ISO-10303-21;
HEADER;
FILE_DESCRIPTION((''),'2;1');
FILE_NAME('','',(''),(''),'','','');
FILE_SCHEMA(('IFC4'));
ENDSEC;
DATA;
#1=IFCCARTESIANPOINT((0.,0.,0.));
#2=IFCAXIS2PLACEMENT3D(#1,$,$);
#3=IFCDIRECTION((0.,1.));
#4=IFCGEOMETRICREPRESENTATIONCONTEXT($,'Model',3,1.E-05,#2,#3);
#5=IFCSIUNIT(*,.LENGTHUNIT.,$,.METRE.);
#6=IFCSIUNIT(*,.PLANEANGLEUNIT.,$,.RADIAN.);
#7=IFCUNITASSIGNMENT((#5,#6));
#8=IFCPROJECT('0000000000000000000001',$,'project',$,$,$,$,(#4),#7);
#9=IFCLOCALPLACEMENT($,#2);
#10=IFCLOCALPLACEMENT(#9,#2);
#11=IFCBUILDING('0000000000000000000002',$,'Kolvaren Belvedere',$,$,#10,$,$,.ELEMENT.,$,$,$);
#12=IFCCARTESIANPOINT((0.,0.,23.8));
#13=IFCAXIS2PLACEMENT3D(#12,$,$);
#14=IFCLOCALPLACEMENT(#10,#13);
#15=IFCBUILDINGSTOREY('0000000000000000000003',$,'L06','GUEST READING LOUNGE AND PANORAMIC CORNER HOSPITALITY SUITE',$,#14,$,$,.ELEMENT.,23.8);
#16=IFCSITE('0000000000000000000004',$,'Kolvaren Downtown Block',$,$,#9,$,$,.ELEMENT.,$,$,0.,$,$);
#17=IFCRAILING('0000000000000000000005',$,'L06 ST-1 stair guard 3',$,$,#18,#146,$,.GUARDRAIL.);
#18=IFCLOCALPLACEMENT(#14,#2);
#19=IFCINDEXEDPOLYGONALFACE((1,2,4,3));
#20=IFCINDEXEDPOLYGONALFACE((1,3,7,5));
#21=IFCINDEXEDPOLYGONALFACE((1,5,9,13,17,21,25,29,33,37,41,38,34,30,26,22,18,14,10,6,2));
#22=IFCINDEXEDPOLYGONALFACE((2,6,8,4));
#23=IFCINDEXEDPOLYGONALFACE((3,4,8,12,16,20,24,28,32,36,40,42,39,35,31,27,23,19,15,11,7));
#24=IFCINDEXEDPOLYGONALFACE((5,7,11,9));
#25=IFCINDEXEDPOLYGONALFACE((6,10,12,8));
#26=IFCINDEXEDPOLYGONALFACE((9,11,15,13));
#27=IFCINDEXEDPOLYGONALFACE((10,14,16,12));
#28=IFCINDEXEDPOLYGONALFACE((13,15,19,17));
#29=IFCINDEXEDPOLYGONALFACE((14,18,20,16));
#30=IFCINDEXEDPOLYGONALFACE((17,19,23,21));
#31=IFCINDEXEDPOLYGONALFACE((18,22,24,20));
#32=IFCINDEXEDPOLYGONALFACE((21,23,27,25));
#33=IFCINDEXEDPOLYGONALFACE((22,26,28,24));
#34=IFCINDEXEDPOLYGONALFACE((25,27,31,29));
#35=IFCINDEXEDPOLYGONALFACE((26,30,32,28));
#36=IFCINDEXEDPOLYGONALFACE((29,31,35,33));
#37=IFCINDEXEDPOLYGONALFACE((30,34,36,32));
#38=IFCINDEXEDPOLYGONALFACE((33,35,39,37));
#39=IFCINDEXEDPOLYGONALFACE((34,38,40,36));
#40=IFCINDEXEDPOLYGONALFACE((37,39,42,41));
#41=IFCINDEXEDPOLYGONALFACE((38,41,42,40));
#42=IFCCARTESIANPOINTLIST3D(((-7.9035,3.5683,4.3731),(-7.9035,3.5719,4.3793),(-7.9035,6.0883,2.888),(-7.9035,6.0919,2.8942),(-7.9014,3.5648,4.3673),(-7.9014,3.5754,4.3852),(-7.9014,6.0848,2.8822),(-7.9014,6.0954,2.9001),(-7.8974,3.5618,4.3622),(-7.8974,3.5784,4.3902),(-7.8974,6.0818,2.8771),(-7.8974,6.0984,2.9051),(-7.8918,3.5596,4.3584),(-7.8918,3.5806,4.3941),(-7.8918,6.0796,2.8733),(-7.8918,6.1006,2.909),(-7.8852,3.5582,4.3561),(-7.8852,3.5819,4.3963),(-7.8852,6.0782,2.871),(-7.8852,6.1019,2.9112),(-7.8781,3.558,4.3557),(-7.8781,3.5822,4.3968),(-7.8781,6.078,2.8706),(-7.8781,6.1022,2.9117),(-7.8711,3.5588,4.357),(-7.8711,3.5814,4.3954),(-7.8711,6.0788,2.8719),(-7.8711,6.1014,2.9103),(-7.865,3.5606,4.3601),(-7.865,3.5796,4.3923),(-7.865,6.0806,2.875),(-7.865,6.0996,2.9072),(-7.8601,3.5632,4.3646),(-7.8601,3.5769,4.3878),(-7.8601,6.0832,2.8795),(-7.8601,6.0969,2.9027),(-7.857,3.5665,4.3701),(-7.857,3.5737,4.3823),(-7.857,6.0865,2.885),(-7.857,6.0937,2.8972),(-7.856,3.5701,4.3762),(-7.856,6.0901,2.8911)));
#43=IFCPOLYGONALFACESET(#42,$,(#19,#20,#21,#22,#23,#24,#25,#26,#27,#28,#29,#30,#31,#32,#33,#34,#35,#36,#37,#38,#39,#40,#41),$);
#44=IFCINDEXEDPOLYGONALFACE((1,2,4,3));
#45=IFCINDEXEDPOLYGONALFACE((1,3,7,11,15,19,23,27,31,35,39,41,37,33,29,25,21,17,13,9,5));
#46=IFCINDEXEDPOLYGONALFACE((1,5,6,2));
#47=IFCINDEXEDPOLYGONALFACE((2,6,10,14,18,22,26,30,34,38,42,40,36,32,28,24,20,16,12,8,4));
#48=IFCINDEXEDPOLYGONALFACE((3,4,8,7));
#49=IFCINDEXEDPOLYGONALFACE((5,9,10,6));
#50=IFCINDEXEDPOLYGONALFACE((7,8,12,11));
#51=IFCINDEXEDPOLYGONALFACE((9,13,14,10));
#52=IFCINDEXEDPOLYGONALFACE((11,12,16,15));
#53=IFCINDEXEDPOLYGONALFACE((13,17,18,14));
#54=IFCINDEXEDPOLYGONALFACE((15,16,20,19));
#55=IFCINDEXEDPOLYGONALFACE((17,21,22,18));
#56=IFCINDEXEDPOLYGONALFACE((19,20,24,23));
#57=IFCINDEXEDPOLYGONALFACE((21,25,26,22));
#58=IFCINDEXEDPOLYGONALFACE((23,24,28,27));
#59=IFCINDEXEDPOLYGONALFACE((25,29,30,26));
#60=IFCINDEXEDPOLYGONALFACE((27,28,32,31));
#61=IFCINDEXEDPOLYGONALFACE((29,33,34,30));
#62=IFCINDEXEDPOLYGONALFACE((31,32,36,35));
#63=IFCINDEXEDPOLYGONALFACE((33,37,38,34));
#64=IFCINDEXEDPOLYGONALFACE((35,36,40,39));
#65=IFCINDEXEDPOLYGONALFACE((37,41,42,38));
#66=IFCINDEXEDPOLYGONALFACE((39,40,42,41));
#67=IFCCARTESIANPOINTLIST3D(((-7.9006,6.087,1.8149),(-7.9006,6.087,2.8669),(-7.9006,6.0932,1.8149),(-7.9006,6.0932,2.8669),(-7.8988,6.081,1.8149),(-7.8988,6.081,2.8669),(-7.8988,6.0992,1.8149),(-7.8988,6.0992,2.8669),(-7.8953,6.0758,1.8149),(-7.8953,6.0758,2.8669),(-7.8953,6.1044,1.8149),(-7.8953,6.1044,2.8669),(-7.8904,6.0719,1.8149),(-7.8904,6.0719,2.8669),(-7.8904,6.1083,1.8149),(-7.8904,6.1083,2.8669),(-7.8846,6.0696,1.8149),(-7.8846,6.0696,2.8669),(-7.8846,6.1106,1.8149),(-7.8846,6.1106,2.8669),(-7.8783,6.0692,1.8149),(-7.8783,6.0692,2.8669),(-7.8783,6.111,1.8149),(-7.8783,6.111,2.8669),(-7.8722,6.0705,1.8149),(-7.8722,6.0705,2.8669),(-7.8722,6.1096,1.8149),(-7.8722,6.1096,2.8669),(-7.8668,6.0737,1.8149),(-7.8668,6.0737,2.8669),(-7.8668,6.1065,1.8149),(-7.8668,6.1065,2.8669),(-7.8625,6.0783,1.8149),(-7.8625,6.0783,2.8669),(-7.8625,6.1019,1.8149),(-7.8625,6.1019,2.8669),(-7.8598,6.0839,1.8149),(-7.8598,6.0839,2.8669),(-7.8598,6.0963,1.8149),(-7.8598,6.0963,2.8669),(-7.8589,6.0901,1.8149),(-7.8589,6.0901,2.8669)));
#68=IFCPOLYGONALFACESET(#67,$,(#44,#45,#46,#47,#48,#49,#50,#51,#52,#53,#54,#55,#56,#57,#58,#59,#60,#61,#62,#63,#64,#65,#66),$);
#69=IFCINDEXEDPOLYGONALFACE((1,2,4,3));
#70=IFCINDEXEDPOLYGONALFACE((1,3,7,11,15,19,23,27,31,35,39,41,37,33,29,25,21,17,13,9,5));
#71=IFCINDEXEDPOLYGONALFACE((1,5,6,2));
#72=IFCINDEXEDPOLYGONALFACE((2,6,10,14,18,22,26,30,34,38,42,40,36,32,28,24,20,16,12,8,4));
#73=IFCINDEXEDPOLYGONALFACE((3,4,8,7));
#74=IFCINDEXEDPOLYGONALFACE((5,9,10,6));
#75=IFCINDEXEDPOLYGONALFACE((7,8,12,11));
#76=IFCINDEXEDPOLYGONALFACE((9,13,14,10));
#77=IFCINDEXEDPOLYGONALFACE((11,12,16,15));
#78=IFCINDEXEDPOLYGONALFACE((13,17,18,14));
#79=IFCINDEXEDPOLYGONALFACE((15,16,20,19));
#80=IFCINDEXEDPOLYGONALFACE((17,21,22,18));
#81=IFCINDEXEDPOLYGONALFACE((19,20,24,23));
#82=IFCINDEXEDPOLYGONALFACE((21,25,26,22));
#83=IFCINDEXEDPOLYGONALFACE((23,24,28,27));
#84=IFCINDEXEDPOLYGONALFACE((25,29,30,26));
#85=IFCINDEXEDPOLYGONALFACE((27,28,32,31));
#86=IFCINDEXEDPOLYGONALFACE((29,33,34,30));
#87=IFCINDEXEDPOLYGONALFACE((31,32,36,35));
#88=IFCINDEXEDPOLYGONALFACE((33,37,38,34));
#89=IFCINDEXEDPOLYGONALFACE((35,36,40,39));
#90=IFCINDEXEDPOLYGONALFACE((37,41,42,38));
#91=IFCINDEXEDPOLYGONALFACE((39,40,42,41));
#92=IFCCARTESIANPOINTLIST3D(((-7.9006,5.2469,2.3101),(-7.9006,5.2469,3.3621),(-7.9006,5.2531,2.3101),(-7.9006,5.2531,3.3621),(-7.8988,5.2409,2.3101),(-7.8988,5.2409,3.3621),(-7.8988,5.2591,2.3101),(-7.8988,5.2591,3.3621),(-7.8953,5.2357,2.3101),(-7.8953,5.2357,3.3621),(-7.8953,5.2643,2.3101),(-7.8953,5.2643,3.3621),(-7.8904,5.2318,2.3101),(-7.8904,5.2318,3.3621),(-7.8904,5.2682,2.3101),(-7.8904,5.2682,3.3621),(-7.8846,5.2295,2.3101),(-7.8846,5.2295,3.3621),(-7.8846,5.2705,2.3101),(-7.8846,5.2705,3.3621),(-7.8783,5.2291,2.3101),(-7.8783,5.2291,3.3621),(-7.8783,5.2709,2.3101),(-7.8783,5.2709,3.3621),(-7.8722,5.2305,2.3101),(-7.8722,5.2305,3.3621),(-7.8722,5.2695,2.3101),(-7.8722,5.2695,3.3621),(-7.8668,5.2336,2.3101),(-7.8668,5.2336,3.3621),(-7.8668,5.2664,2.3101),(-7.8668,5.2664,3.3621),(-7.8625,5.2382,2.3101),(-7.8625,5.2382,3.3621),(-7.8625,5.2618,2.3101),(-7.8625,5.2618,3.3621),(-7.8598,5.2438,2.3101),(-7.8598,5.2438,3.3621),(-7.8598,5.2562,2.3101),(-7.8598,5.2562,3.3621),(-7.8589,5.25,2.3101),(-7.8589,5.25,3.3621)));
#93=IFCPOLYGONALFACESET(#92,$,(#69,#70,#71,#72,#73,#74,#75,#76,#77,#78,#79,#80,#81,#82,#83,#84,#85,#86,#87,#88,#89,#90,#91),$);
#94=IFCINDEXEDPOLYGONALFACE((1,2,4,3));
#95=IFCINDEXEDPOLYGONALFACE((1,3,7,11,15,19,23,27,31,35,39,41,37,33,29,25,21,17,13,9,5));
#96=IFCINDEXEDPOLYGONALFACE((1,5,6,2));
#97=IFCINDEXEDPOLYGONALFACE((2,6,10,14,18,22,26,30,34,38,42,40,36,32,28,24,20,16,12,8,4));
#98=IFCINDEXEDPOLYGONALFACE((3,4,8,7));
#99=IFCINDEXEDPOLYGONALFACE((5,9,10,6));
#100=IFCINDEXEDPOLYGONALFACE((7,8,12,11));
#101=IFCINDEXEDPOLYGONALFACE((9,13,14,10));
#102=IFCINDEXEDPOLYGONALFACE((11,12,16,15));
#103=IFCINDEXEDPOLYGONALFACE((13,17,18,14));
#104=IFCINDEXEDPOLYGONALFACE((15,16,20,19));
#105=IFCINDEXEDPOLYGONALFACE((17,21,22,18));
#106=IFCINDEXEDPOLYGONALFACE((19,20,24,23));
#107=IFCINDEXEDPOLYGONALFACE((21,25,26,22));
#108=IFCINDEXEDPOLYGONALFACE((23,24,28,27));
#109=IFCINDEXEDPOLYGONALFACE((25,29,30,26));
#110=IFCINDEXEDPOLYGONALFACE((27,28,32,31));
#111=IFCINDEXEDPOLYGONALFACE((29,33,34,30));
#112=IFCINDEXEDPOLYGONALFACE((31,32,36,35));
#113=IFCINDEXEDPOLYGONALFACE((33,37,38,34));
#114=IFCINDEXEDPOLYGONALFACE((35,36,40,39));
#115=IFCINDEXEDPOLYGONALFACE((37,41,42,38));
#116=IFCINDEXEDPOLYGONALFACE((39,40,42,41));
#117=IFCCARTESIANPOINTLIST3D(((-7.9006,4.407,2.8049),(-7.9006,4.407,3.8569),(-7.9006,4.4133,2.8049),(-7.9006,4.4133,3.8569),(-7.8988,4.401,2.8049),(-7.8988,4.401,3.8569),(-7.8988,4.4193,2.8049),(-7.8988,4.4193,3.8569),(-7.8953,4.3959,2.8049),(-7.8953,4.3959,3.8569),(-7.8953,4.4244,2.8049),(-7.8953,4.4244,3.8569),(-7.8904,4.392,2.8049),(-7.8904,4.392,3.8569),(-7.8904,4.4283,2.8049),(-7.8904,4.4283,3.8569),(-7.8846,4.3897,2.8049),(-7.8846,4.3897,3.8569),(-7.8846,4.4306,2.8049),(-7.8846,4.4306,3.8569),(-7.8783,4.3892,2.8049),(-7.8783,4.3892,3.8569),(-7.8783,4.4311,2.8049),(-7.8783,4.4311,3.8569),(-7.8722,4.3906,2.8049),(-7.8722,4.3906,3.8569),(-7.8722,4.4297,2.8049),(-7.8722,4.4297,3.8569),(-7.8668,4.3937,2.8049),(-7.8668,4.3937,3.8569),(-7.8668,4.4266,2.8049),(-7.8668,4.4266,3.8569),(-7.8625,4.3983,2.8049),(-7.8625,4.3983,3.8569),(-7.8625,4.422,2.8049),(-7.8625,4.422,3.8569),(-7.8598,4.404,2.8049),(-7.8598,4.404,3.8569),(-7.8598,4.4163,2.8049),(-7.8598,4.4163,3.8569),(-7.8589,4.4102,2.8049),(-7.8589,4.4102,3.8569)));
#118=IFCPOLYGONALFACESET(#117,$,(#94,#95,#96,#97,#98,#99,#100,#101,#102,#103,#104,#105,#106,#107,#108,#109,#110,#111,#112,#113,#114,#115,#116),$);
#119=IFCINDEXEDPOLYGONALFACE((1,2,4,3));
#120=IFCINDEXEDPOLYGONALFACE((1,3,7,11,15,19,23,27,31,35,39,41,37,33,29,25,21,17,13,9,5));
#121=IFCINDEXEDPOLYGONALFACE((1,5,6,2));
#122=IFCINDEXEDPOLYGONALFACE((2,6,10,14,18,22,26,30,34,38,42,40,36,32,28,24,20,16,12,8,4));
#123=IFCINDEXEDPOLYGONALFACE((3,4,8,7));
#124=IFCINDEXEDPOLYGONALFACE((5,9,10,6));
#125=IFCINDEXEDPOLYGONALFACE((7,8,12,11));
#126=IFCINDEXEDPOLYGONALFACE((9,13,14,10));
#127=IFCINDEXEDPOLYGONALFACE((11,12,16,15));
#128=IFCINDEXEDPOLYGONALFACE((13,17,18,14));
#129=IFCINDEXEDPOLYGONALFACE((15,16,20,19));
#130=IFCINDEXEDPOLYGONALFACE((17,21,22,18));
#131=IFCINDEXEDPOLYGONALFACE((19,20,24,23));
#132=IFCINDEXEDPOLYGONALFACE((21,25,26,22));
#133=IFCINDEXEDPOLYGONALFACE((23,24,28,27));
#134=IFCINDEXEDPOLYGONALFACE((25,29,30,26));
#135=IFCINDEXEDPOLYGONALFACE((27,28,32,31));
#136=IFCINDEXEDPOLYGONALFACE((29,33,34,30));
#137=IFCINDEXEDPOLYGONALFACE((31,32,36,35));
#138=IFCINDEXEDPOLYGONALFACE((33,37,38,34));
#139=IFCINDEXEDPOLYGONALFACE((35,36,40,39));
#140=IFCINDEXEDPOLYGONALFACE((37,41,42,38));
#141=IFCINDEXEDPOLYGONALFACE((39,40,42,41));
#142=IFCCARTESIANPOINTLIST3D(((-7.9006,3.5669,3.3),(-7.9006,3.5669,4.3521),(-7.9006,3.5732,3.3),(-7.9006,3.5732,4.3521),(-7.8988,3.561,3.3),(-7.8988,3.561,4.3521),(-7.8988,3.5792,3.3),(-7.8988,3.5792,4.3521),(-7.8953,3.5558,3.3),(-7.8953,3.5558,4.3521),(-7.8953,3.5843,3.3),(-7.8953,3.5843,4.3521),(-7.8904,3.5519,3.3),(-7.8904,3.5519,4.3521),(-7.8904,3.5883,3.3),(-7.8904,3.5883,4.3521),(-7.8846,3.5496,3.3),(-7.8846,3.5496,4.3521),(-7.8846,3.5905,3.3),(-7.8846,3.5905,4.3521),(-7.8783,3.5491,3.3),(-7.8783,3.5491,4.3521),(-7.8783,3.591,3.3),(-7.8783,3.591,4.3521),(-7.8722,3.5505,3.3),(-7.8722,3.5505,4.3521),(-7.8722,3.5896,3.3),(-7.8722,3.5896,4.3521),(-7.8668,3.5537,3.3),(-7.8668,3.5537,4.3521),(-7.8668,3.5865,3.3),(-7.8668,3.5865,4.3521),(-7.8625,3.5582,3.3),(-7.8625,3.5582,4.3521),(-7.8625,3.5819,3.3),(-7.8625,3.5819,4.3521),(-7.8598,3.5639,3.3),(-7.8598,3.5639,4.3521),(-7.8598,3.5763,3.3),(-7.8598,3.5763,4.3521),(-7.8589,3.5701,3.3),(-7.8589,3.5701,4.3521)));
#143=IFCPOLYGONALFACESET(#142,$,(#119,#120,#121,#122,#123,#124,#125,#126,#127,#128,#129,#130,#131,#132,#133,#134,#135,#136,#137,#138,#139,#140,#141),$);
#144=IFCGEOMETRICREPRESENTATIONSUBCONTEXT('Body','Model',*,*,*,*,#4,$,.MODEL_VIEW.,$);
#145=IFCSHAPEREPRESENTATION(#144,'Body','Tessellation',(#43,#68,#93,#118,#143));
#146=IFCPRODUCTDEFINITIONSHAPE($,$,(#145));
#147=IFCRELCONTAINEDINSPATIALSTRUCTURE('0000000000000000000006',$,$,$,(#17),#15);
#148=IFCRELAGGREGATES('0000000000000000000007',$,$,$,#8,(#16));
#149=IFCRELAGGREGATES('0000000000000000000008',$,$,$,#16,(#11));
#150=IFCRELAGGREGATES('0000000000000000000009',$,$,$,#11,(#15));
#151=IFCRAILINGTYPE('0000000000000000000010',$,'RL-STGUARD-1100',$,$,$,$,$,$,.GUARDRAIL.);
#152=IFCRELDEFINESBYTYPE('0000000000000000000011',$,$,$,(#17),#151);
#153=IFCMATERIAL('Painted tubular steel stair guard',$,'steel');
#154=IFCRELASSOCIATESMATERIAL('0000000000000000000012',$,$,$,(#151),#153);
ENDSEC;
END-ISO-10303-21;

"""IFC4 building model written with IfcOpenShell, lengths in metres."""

from ifc_helpers import new_model, si_unit, direction, frame, origin, origin_2d, place, context, subcontext, project, spatial, circle, extrude, material, type_object, element, save


model = new_model("IFC4")

# Units and contexts
model_context = context("Model", 3, precision=1e-05, world=origin(), true_north=direction((0.0, 1.0)))
body_context = subcontext(model_context, "Body", "Model", "MODEL_VIEW")
ifc_project = project(units=[si_unit("LENGTHUNIT", "METRE"), si_unit("PLANEANGLEUNIT", "RADIAN")], contexts=[model_context])

# Site, building, storey
site_placement = place(None, origin())
site = spatial("IfcSite", under=ifc_project, at=site_placement, Name="Kolvaren Downtown Block", CompositionType="ELEMENT", RefElevation=0.0)
building_placement = place(site_placement, origin())
building = spatial("IfcBuilding", under=site, at=building_placement, Name="Kolvaren Belvedere", CompositionType="ELEMENT")
storey_placement = place(building_placement, frame((0.0, 0.0, 23.8)))
storey = spatial("IfcBuildingStorey", under=building, at=storey_placement, Name="L06", Description="GUEST READING LOUNGE AND PANORAMIC CORNER HOSPITALITY SUITE", CompositionType="ELEMENT", Elevation=23.8)

# Railing
ifc_material_1 = material(Name="Painted tubular steel stair guard", Category="steel")
railing_type_1 = type_object("IfcRailingType", Name="RL-STGUARD-1100", PredefinedType="GUARDRAIL", material=ifc_material_1)
railing_1_placement = place(storey_placement, frame((-7.8799, 6.0901, 1.8149)))
element("IfcRailing", 1, at=railing_1_placement, inside=storey, type_object=railing_type_1, Name="L06 ST-1 stair guard 3", PredefinedType="GUARDRAIL", context=body_context, shape_type="SweptSolid", body=[
    extrude(circle(Radius=0.0239, at=origin_2d()), frame((0.0, 0.0, 1.0762), z_axis=(0.0, -0.861524, 0.507717), x_axis=(1.0, 0.0, 0.0)), (0.0, 0.0, 1.0), 2.925),
    extrude(circle(Radius=0.021, at=origin_2d()), origin(), (0.0, 0.0, 1.0), 1.052),
    extrude(circle(Radius=0.021, at=origin_2d()), frame((0.0, -0.8401, 0.4951)), (0.0, 0.0, 1.0), 1.052),
    extrude(circle(Radius=0.021, at=origin_2d()), frame((0.0, -1.6799, 0.99)), (0.0, 0.0, 1.0), 1.052),
    extrude(circle(Radius=0.021, at=origin_2d()), frame((0.0, -2.52, 1.4851)), (0.0, 0.0, 1.0), 1.052),
])

save(model, "model.ifc")
